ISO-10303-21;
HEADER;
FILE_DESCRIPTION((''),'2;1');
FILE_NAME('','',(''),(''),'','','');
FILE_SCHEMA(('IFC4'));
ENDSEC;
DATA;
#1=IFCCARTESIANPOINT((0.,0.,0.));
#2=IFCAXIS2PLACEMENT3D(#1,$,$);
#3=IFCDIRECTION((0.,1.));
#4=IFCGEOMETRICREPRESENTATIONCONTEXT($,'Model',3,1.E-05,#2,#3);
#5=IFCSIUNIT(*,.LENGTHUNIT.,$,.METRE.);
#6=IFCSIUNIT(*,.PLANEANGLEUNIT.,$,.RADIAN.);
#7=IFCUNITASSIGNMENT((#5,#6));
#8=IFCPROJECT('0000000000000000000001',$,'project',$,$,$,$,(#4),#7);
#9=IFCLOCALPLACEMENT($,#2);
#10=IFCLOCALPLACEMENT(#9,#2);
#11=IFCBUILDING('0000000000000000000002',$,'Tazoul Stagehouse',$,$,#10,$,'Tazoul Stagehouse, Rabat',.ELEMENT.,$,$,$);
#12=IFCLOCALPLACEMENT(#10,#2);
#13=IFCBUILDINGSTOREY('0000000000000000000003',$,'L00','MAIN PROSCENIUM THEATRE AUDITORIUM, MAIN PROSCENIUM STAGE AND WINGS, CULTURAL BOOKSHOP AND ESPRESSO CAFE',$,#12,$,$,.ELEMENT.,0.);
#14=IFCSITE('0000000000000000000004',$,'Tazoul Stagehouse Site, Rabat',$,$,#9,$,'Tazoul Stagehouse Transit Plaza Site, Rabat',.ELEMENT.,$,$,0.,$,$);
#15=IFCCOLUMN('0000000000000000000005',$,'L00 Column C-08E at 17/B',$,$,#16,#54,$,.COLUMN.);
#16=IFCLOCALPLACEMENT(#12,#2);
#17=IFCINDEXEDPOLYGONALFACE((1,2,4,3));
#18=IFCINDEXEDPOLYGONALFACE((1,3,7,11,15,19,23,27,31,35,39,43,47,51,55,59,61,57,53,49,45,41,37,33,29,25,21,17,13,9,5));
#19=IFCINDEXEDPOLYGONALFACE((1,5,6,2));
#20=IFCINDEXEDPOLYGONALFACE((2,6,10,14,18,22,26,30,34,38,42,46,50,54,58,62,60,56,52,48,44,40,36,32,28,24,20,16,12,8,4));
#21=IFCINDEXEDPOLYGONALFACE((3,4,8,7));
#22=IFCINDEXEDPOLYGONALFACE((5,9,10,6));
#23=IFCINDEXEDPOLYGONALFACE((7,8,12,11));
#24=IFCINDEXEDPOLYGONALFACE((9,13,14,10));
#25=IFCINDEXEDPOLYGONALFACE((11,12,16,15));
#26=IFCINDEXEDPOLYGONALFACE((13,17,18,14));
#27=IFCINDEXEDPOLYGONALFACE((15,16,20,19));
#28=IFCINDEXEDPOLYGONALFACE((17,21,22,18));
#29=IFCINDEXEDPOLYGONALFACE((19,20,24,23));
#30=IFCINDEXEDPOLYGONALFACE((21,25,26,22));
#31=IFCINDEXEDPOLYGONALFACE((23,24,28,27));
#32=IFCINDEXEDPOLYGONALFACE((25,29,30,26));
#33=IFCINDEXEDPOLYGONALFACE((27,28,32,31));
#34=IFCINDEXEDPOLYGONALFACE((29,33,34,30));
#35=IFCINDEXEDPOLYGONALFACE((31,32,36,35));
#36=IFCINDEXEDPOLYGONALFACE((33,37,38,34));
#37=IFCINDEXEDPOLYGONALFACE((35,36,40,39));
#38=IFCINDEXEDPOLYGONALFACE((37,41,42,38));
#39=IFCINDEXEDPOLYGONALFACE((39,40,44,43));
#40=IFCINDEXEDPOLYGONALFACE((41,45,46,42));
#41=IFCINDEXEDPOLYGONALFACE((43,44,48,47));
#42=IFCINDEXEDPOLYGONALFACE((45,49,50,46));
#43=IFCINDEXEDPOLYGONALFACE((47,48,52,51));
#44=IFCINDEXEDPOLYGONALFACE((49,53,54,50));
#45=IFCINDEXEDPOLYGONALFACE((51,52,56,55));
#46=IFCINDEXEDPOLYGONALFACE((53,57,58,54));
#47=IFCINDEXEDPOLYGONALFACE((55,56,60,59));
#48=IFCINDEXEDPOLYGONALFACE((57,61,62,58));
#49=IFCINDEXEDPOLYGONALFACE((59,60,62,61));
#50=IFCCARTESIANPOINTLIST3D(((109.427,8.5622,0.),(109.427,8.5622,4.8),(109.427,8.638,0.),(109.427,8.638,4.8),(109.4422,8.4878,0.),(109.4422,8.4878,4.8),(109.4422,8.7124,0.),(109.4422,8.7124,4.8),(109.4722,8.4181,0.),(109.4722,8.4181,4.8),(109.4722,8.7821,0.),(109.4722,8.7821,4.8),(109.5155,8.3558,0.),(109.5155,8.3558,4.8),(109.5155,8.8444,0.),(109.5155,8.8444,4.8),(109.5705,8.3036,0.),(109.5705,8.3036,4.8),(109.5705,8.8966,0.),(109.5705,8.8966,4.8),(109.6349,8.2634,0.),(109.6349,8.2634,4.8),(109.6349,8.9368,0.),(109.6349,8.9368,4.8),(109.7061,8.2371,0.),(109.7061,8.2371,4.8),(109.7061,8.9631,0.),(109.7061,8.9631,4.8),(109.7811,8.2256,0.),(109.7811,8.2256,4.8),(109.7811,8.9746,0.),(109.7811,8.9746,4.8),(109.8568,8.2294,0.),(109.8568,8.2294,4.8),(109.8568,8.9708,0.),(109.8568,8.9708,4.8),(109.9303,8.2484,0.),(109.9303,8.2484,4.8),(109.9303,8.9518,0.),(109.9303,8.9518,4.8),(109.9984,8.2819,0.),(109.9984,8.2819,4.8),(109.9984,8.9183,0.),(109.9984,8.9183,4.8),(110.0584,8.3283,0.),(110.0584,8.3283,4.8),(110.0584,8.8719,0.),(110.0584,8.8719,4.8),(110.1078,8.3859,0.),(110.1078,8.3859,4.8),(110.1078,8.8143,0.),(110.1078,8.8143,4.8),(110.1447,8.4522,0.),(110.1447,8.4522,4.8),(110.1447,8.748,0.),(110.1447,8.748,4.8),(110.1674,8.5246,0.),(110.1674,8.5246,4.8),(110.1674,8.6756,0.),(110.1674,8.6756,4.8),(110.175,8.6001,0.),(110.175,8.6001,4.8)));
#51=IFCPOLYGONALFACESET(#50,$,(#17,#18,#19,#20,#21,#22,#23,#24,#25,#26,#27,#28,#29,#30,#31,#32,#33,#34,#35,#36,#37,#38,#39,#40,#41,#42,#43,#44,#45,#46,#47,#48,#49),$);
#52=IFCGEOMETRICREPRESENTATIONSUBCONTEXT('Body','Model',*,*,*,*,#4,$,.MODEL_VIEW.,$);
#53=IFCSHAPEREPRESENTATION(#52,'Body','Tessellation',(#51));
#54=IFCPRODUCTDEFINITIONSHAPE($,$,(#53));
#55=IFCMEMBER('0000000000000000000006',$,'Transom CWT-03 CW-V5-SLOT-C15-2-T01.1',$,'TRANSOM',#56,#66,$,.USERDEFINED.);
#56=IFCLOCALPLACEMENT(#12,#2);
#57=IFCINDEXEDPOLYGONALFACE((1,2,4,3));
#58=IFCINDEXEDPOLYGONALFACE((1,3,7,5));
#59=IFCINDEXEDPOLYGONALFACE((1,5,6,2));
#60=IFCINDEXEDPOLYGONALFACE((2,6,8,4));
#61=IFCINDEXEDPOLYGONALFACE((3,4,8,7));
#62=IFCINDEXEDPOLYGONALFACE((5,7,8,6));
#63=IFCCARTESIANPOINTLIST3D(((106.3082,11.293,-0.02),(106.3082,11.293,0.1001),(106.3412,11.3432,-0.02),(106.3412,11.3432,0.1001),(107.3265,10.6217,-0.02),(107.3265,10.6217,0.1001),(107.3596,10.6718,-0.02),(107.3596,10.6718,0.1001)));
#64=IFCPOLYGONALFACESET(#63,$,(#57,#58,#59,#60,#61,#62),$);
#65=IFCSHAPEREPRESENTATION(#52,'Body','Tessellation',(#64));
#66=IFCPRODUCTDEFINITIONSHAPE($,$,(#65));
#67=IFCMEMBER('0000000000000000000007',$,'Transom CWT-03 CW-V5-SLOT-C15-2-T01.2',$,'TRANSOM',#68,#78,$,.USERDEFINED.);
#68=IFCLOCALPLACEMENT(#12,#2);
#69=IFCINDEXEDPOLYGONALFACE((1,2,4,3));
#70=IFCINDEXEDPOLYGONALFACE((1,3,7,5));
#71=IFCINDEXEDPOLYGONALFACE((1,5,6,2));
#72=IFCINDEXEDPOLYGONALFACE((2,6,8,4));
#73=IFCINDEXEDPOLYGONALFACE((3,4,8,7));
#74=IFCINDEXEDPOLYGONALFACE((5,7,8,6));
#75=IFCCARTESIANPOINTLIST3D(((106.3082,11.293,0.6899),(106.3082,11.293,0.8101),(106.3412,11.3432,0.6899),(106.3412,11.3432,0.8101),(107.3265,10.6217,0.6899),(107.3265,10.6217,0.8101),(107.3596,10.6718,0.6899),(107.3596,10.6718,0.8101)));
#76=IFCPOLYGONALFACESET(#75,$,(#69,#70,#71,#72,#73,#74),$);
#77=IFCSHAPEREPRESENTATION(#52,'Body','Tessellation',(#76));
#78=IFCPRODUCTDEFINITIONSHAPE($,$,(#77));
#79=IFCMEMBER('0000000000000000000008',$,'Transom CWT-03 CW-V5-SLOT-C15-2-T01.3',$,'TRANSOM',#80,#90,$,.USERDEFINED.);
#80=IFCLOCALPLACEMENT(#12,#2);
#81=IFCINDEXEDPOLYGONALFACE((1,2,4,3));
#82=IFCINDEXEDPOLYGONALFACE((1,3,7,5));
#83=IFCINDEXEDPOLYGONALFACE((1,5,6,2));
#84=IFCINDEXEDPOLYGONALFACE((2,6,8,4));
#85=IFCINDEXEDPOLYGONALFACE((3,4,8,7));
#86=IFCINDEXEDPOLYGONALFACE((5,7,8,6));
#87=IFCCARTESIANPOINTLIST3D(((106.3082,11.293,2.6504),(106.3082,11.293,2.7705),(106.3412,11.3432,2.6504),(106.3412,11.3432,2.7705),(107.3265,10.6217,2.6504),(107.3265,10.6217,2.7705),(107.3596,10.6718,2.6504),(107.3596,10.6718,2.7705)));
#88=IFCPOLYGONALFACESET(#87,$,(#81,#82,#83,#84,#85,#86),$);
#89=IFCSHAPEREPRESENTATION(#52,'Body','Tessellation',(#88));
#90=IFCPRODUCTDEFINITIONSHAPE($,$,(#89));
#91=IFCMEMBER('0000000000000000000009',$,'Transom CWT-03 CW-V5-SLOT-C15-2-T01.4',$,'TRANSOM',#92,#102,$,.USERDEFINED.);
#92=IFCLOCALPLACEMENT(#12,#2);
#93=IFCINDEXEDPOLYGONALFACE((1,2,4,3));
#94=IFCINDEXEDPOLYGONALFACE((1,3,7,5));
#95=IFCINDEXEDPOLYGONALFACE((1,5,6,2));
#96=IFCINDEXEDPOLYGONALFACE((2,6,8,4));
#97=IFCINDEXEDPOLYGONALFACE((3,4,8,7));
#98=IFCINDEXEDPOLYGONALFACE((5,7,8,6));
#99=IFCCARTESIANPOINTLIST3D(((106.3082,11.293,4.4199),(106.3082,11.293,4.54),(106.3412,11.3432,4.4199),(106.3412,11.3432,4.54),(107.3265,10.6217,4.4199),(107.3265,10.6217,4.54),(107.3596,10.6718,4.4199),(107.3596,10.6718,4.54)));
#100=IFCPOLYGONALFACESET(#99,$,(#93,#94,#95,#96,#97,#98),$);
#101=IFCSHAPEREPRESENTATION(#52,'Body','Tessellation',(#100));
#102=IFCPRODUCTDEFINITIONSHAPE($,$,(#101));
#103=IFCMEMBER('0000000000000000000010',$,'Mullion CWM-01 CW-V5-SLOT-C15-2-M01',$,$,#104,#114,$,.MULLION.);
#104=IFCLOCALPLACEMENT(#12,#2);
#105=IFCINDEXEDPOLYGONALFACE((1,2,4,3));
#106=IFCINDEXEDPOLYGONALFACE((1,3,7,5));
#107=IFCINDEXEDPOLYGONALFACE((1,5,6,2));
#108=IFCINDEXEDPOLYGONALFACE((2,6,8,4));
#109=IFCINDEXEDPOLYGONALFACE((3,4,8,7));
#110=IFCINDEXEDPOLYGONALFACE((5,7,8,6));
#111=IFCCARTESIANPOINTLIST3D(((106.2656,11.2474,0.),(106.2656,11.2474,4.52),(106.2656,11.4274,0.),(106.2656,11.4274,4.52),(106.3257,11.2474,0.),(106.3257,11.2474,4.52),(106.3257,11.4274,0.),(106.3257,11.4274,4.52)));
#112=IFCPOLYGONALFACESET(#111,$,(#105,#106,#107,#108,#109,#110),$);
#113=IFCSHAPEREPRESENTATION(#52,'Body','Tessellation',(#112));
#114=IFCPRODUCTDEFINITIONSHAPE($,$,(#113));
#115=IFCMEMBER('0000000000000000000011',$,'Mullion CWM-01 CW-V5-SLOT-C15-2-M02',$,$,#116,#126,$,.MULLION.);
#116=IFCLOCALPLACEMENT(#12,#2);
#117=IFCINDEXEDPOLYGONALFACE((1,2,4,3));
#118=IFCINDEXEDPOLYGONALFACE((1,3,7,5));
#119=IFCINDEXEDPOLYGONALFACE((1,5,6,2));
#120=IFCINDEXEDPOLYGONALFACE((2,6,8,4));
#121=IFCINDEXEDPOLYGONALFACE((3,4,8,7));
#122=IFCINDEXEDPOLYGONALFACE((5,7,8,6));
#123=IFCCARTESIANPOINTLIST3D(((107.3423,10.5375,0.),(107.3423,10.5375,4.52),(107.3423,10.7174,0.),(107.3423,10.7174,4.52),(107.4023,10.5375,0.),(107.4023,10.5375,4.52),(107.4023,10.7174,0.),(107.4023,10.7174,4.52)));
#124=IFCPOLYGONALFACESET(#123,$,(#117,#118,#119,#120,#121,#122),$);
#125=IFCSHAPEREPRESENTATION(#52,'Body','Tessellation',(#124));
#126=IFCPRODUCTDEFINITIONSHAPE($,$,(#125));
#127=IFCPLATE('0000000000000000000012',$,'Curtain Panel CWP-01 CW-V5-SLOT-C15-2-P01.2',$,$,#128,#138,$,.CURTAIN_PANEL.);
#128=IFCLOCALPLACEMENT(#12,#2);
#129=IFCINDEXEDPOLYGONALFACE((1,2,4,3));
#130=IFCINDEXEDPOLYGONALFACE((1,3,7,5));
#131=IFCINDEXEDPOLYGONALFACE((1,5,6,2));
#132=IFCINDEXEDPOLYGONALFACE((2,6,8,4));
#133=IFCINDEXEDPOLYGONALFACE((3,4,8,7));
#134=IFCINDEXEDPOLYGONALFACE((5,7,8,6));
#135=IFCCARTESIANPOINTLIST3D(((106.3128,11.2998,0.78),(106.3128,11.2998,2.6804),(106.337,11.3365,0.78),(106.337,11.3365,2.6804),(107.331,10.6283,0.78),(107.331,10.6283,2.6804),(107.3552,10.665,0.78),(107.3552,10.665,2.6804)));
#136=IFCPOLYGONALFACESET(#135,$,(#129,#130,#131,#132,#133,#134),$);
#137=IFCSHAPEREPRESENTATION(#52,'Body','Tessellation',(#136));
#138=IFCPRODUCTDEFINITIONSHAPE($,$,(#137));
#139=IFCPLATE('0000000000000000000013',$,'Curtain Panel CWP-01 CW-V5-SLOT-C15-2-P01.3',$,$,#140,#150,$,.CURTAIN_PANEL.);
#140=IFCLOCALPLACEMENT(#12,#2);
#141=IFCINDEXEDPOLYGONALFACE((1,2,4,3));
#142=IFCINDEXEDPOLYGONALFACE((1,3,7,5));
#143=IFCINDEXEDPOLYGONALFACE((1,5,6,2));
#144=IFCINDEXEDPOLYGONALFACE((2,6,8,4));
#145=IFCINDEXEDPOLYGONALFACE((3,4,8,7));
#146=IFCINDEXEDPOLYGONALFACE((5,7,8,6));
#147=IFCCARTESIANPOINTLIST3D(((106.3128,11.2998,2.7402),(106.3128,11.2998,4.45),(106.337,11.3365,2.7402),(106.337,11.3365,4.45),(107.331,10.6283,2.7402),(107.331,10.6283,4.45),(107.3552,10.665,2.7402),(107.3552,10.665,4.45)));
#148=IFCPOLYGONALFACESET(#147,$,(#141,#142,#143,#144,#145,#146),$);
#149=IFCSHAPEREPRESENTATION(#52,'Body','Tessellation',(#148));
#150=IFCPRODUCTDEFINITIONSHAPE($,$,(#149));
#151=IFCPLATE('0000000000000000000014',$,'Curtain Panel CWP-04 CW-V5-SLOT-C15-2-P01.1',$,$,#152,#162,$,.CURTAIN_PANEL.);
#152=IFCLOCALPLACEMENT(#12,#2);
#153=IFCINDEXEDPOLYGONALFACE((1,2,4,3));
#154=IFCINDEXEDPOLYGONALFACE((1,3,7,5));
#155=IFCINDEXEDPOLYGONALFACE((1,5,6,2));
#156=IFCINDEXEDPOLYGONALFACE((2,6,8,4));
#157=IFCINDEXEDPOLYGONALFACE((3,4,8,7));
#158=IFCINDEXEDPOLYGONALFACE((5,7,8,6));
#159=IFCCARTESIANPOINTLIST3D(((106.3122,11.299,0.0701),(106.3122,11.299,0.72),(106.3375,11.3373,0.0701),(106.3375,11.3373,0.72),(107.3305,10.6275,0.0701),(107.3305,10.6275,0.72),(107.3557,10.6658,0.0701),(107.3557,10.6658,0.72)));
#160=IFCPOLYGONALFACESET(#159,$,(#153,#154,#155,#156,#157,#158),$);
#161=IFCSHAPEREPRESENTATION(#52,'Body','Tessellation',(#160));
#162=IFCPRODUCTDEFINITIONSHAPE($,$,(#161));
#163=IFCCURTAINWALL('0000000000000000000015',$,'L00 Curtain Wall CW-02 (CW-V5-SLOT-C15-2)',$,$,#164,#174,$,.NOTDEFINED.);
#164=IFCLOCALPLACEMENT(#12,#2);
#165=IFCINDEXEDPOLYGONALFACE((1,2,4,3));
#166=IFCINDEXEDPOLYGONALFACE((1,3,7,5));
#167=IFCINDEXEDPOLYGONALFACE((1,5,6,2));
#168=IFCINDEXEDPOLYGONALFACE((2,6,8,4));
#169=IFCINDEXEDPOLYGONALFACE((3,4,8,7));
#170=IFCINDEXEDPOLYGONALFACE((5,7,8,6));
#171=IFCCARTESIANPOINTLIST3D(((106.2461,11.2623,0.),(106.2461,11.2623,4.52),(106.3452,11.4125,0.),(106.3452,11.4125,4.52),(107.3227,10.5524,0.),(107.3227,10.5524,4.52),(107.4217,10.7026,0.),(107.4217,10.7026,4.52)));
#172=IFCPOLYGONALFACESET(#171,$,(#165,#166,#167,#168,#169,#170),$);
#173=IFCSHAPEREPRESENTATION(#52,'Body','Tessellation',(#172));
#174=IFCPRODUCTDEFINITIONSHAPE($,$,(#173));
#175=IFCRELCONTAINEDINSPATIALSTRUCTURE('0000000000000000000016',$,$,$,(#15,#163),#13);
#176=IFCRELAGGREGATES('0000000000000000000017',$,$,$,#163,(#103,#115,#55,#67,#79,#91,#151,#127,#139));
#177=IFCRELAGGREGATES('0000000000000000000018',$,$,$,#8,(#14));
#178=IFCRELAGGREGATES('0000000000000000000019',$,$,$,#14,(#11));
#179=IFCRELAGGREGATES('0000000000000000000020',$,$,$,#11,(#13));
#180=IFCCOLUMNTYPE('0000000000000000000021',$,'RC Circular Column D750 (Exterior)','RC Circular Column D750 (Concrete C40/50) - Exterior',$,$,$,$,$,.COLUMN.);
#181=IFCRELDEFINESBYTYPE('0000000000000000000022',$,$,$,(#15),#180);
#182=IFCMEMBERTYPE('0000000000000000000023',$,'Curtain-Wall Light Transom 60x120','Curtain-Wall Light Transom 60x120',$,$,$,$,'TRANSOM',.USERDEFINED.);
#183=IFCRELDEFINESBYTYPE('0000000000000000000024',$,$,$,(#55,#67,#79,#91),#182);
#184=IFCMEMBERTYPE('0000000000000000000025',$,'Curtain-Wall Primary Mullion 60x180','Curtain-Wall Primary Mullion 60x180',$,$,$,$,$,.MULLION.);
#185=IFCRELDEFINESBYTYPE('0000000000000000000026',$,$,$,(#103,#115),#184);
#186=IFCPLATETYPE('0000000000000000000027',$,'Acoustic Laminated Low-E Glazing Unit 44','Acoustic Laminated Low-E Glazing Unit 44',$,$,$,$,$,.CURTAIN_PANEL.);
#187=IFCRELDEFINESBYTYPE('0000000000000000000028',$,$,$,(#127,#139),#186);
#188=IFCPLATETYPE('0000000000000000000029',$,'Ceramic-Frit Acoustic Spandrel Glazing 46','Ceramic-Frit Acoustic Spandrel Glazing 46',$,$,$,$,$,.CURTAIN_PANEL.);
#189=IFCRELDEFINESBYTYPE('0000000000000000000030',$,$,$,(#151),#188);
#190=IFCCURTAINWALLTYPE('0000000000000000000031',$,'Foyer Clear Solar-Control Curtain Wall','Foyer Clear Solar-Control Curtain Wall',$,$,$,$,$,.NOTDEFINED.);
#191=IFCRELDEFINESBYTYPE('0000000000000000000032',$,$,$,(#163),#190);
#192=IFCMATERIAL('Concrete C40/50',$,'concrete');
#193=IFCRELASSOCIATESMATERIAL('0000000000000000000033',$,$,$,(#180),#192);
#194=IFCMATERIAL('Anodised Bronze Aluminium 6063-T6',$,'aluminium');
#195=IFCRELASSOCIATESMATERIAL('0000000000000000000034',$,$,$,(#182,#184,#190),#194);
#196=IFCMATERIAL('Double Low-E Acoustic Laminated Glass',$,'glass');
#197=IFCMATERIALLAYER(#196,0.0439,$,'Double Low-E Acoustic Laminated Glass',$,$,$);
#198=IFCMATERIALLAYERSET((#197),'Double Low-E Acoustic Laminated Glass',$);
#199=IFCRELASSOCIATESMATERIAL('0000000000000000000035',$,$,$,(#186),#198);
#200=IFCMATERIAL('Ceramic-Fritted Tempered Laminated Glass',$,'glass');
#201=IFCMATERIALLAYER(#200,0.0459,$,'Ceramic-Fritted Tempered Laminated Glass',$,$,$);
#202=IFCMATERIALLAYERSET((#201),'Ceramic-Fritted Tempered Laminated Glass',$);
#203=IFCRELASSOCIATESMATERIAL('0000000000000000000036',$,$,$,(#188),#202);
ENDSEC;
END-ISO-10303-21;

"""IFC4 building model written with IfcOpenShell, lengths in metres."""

from ifc_helpers import new_model, si_unit, direction, frame, frame_2d, origin, origin_2d, place, context, subcontext, project, spatial, rectangle, circle, extrude, material, layer, layer_set, material_profile, profile_set, type_object, element, aggregate, save


model = new_model("IFC4")

# Units and contexts
model_context = context("Model", 3, precision=1e-05, world=origin(), true_north=direction((0.0, 1.0)))
body_context = subcontext(model_context, "Body", "Model", "MODEL_VIEW")
ifc_project = project(units=[si_unit("LENGTHUNIT", "METRE"), si_unit("PLANEANGLEUNIT", "RADIAN")], contexts=[model_context])

# Site, building, storey
site_placement = place(None, origin())
site = spatial("IfcSite", under=ifc_project, at=site_placement, Name="Tazoul Stagehouse Site, Rabat", LongName="Tazoul Stagehouse Transit Plaza Site, Rabat", CompositionType="ELEMENT", RefElevation=0.0)
building_placement = place(site_placement, origin())
building = spatial("IfcBuilding", under=site, at=building_placement, Name="Tazoul Stagehouse", LongName="Tazoul Stagehouse, Rabat", CompositionType="ELEMENT")
storey_placement = place(building_placement, origin())
storey = spatial("IfcBuildingStorey", under=building, at=storey_placement, Name="L00", Description="MAIN PROSCENIUM THEATRE AUDITORIUM, MAIN PROSCENIUM STAGE AND WINGS, CULTURAL BOOKSHOP AND ESPRESSO CAFE", CompositionType="ELEMENT", Elevation=0.0)

# Column
ifc_material_1 = material(Name="Concrete C40/50", Category="concrete")
ifc_material_profile_1 = material_profile(ifc_material_1, circle(Radius=0.375, at=origin_2d()), Name="RC D750")
ifc_profile_set_1 = profile_set([ifc_material_profile_1], Name="Concrete C40/50")
column_type = type_object("IfcColumnType", Name="RC Circular Column D750 (Exterior)", Description="RC Circular Column D750 (Concrete C40/50) - Exterior", PredefinedType="COLUMN", material=ifc_profile_set_1)
column_placement = place(storey_placement, frame((109.8, 8.6001, 0.0), z_axis=(0.0, 0.0, 1.0), x_axis=(1.0, 0.0, 0.0)))
element("IfcColumn", 1, at=column_placement, inside=storey, type_object=column_type, Name="L00 Column C-08E at 17/B", PredefinedType="COLUMN", context=body_context, shape_type="SweptSolid", body=[
    extrude(circle(Radius=0.375, at=origin_2d()), origin(), (0.0, 0.0, 1.0), 4.8),
])

# Members
ifc_material_2 = material(Name="Anodised Bronze Aluminium 6063-T6", Category="aluminium")
ifc_material_profile_2 = material_profile(ifc_material_2, rectangle(XDim=0.0601, YDim=0.1201, at=origin_2d()), Name="ALU TRANSOM 60x120")
ifc_profile_set_2 = profile_set([ifc_material_profile_2], Name="Anodised Bronze Aluminium 6063-T6")
member_type_1 = type_object("IfcMemberType", Name="Curtain-Wall Light Transom 60x120", Description="Curtain-Wall Light Transom 60x120", ElementType="TRANSOM", PredefinedType="USERDEFINED", material=ifc_profile_set_2)
member_1_placement = place(storey_placement, frame((106.3247, 11.3181, 0.04), z_axis=(0.834872, -0.550443, 0.0), x_axis=(0.550443, 0.834872, 0.0)))
member_1 = element("IfcMember", 2, at=member_1_placement, type_object=member_type_1, Name="Transom CWT-03 CW-V5-SLOT-C15-2-T01.1", ObjectType="TRANSOM", PredefinedType="USERDEFINED", context=body_context, shape_type="SweptSolid", body=[
    extrude(rectangle(XDim=0.0601, YDim=0.1201, at=origin_2d()), origin(), (0.0, 0.0, 1.0), 1.2197),
])
member_2_placement = place(storey_placement, frame((106.3247, 11.3181, 0.75), z_axis=(0.834872, -0.550443, 0.0), x_axis=(0.550443, 0.834872, 0.0)))
member_2 = element("IfcMember", 3, at=member_2_placement, type_object=member_type_1, Name="Transom CWT-03 CW-V5-SLOT-C15-2-T01.2", ObjectType="TRANSOM", PredefinedType="USERDEFINED", context=body_context, shape_type="SweptSolid", body=[
    extrude(rectangle(XDim=0.0601, YDim=0.1201, at=origin_2d()), origin(), (0.0, 0.0, 1.0), 1.2197),
])
member_3_placement = place(storey_placement, frame((106.3247, 11.3181, 2.7104), z_axis=(0.834872, -0.550443, 0.0), x_axis=(0.550443, 0.834872, 0.0)))
member_3 = element("IfcMember", 4, at=member_3_placement, type_object=member_type_1, Name="Transom CWT-03 CW-V5-SLOT-C15-2-T01.3", ObjectType="TRANSOM", PredefinedType="USERDEFINED", context=body_context, shape_type="SweptSolid", body=[
    extrude(rectangle(XDim=0.0601, YDim=0.1201, at=origin_2d()), origin(), (0.0, 0.0, 1.0), 1.2197),
])
member_4_placement = place(storey_placement, frame((106.3247, 11.3181, 4.48), z_axis=(0.834872, -0.550443, 0.0), x_axis=(0.550443, 0.834872, 0.0)))
member_4 = element("IfcMember", 5, at=member_4_placement, type_object=member_type_1, Name="Transom CWT-03 CW-V5-SLOT-C15-2-T01.4", ObjectType="TRANSOM", PredefinedType="USERDEFINED", context=body_context, shape_type="SweptSolid", body=[
    extrude(rectangle(XDim=0.0601, YDim=0.1201, at=origin_2d()), origin(), (0.0, 0.0, 1.0), 1.2197),
])
ifc_material_profile_3 = material_profile(ifc_material_2, rectangle(XDim=0.0601, YDim=0.1799, at=origin_2d()), Name="ALU MULLION 60x180")
ifc_profile_set_3 = profile_set([ifc_material_profile_3], Name="Anodised Bronze Aluminium 6063-T6")
member_type_2 = type_object("IfcMemberType", Name="Curtain-Wall Primary Mullion 60x180", Description="Curtain-Wall Primary Mullion 60x180", PredefinedType="MULLION", material=ifc_profile_set_3)
member_5_placement = place(storey_placement, frame((106.2957, 11.3374, 0.0), z_axis=(0.0, 0.0, 1.0), x_axis=(1.0, 0.0, 0.0)))
member_5 = element("IfcMember", 6, at=member_5_placement, type_object=member_type_2, Name="Mullion CWM-01 CW-V5-SLOT-C15-2-M01", PredefinedType="MULLION", context=body_context, shape_type="SweptSolid", body=[
    extrude(rectangle(XDim=0.0601, YDim=0.1799, at=origin_2d()), origin(), (0.0, 0.0, 1.0), 4.52),
])
member_6_placement = place(storey_placement, frame((107.3723, 10.6274, 0.0), z_axis=(0.0, 0.0, 1.0), x_axis=(1.0, 0.0, 0.0)))
member_6 = element("IfcMember", 7, at=member_6_placement, type_object=member_type_2, Name="Mullion CWM-01 CW-V5-SLOT-C15-2-M02", PredefinedType="MULLION", context=body_context, shape_type="SweptSolid", body=[
    extrude(rectangle(XDim=0.0601, YDim=0.1799, at=origin_2d()), origin(), (0.0, 0.0, 1.0), 4.52),
])

# Plates
ifc_material_3 = material(Name="Double Low-E Acoustic Laminated Glass", Category="glass")
ifc_layer_1 = layer(ifc_material_3, 0.0439, Name="Double Low-E Acoustic Laminated Glass")
ifc_layer_set_1 = layer_set([ifc_layer_1], Name="Double Low-E Acoustic Laminated Glass")
plate_type_1 = type_object("IfcPlateType", Name="Acoustic Laminated Low-E Glazing Unit 44", Description="Acoustic Laminated Low-E Glazing Unit 44", PredefinedType="CURTAIN_PANEL", material=ifc_layer_set_1)
plate_1_placement = place(storey_placement, frame((106.834, 10.9824, 0.78), z_axis=(0.0, 0.0, 1.0), x_axis=(0.834795, -0.550561, 0.0)))
plate_1 = element("IfcPlate", 8, at=plate_1_placement, type_object=plate_type_1, Name="Curtain Panel CWP-01 CW-V5-SLOT-C15-2-P01.2", PredefinedType="CURTAIN_PANEL", context=body_context, shape_type="SweptSolid", body=[
    extrude(rectangle(XDim=1.2197, YDim=0.0439, at=origin_2d()), origin(), (0.0, 0.0, 1.0), 1.9004),
])
plate_2_placement = place(storey_placement, frame((106.834, 10.9824, 2.7402), z_axis=(0.0, 0.0, 1.0), x_axis=(0.834795, -0.550561, 0.0)))
plate_2 = element("IfcPlate", 9, at=plate_2_placement, type_object=plate_type_1, Name="Curtain Panel CWP-01 CW-V5-SLOT-C15-2-P01.3", PredefinedType="CURTAIN_PANEL", context=body_context, shape_type="SweptSolid", body=[
    extrude(rectangle(XDim=1.2197, YDim=0.0439, at=origin_2d()), origin(), (0.0, 0.0, 1.0), 1.7097),
])
ifc_material_4 = material(Name="Ceramic-Fritted Tempered Laminated Glass", Category="glass")
ifc_layer_2 = layer(ifc_material_4, 0.0459, Name="Ceramic-Fritted Tempered Laminated Glass")
ifc_layer_set_2 = layer_set([ifc_layer_2], Name="Ceramic-Fritted Tempered Laminated Glass")
plate_type_2 = type_object("IfcPlateType", Name="Ceramic-Frit Acoustic Spandrel Glazing 46", Description="Ceramic-Frit Acoustic Spandrel Glazing 46", PredefinedType="CURTAIN_PANEL", material=ifc_layer_set_2)
plate_3_placement = place(storey_placement, frame((106.834, 10.9824, 0.0701), z_axis=(0.0, 0.0, 1.0), x_axis=(0.834795, -0.550561, 0.0)))
plate_3 = element("IfcPlate", 10, at=plate_3_placement, type_object=plate_type_2, Name="Curtain Panel CWP-04 CW-V5-SLOT-C15-2-P01.1", PredefinedType="CURTAIN_PANEL", context=body_context, shape_type="SweptSolid", body=[
    extrude(rectangle(XDim=1.2197, YDim=0.0459, at=origin_2d()), origin(), (0.0, 0.0, 1.0), 0.6499),
])

# Curtain wall
curtain_wall_type = type_object("IfcCurtainWallType", Name="Foyer Clear Solar-Control Curtain Wall", Description="Foyer Clear Solar-Control Curtain Wall", PredefinedType="NOTDEFINED", material=ifc_material_2)
curtain_wall_1_placement = place(storey_placement, frame((106.2957, 11.3374, 0.0), z_axis=(0.0, 0.0, 1.0), x_axis=(0.834836, -0.550499, 0.0)))
curtain_wall_1 = element("IfcCurtainWall", 11, at=curtain_wall_1_placement, inside=storey, type_object=curtain_wall_type, Name="L00 Curtain Wall CW-02 (CW-V5-SLOT-C15-2)", PredefinedType="NOTDEFINED", context=body_context, shape_type="SweptSolid", body=[
    extrude(rectangle(XDim=1.2896, YDim=0.1799, at=frame_2d((0.6448, 0.0))), origin(), (0.0, 0.0, 1.0), 4.52),
])
aggregate(curtain_wall_1, [member_5, member_6, member_1, member_2, member_3, member_4, plate_3, plate_1, plate_2])

save(model, "model.ifc")
